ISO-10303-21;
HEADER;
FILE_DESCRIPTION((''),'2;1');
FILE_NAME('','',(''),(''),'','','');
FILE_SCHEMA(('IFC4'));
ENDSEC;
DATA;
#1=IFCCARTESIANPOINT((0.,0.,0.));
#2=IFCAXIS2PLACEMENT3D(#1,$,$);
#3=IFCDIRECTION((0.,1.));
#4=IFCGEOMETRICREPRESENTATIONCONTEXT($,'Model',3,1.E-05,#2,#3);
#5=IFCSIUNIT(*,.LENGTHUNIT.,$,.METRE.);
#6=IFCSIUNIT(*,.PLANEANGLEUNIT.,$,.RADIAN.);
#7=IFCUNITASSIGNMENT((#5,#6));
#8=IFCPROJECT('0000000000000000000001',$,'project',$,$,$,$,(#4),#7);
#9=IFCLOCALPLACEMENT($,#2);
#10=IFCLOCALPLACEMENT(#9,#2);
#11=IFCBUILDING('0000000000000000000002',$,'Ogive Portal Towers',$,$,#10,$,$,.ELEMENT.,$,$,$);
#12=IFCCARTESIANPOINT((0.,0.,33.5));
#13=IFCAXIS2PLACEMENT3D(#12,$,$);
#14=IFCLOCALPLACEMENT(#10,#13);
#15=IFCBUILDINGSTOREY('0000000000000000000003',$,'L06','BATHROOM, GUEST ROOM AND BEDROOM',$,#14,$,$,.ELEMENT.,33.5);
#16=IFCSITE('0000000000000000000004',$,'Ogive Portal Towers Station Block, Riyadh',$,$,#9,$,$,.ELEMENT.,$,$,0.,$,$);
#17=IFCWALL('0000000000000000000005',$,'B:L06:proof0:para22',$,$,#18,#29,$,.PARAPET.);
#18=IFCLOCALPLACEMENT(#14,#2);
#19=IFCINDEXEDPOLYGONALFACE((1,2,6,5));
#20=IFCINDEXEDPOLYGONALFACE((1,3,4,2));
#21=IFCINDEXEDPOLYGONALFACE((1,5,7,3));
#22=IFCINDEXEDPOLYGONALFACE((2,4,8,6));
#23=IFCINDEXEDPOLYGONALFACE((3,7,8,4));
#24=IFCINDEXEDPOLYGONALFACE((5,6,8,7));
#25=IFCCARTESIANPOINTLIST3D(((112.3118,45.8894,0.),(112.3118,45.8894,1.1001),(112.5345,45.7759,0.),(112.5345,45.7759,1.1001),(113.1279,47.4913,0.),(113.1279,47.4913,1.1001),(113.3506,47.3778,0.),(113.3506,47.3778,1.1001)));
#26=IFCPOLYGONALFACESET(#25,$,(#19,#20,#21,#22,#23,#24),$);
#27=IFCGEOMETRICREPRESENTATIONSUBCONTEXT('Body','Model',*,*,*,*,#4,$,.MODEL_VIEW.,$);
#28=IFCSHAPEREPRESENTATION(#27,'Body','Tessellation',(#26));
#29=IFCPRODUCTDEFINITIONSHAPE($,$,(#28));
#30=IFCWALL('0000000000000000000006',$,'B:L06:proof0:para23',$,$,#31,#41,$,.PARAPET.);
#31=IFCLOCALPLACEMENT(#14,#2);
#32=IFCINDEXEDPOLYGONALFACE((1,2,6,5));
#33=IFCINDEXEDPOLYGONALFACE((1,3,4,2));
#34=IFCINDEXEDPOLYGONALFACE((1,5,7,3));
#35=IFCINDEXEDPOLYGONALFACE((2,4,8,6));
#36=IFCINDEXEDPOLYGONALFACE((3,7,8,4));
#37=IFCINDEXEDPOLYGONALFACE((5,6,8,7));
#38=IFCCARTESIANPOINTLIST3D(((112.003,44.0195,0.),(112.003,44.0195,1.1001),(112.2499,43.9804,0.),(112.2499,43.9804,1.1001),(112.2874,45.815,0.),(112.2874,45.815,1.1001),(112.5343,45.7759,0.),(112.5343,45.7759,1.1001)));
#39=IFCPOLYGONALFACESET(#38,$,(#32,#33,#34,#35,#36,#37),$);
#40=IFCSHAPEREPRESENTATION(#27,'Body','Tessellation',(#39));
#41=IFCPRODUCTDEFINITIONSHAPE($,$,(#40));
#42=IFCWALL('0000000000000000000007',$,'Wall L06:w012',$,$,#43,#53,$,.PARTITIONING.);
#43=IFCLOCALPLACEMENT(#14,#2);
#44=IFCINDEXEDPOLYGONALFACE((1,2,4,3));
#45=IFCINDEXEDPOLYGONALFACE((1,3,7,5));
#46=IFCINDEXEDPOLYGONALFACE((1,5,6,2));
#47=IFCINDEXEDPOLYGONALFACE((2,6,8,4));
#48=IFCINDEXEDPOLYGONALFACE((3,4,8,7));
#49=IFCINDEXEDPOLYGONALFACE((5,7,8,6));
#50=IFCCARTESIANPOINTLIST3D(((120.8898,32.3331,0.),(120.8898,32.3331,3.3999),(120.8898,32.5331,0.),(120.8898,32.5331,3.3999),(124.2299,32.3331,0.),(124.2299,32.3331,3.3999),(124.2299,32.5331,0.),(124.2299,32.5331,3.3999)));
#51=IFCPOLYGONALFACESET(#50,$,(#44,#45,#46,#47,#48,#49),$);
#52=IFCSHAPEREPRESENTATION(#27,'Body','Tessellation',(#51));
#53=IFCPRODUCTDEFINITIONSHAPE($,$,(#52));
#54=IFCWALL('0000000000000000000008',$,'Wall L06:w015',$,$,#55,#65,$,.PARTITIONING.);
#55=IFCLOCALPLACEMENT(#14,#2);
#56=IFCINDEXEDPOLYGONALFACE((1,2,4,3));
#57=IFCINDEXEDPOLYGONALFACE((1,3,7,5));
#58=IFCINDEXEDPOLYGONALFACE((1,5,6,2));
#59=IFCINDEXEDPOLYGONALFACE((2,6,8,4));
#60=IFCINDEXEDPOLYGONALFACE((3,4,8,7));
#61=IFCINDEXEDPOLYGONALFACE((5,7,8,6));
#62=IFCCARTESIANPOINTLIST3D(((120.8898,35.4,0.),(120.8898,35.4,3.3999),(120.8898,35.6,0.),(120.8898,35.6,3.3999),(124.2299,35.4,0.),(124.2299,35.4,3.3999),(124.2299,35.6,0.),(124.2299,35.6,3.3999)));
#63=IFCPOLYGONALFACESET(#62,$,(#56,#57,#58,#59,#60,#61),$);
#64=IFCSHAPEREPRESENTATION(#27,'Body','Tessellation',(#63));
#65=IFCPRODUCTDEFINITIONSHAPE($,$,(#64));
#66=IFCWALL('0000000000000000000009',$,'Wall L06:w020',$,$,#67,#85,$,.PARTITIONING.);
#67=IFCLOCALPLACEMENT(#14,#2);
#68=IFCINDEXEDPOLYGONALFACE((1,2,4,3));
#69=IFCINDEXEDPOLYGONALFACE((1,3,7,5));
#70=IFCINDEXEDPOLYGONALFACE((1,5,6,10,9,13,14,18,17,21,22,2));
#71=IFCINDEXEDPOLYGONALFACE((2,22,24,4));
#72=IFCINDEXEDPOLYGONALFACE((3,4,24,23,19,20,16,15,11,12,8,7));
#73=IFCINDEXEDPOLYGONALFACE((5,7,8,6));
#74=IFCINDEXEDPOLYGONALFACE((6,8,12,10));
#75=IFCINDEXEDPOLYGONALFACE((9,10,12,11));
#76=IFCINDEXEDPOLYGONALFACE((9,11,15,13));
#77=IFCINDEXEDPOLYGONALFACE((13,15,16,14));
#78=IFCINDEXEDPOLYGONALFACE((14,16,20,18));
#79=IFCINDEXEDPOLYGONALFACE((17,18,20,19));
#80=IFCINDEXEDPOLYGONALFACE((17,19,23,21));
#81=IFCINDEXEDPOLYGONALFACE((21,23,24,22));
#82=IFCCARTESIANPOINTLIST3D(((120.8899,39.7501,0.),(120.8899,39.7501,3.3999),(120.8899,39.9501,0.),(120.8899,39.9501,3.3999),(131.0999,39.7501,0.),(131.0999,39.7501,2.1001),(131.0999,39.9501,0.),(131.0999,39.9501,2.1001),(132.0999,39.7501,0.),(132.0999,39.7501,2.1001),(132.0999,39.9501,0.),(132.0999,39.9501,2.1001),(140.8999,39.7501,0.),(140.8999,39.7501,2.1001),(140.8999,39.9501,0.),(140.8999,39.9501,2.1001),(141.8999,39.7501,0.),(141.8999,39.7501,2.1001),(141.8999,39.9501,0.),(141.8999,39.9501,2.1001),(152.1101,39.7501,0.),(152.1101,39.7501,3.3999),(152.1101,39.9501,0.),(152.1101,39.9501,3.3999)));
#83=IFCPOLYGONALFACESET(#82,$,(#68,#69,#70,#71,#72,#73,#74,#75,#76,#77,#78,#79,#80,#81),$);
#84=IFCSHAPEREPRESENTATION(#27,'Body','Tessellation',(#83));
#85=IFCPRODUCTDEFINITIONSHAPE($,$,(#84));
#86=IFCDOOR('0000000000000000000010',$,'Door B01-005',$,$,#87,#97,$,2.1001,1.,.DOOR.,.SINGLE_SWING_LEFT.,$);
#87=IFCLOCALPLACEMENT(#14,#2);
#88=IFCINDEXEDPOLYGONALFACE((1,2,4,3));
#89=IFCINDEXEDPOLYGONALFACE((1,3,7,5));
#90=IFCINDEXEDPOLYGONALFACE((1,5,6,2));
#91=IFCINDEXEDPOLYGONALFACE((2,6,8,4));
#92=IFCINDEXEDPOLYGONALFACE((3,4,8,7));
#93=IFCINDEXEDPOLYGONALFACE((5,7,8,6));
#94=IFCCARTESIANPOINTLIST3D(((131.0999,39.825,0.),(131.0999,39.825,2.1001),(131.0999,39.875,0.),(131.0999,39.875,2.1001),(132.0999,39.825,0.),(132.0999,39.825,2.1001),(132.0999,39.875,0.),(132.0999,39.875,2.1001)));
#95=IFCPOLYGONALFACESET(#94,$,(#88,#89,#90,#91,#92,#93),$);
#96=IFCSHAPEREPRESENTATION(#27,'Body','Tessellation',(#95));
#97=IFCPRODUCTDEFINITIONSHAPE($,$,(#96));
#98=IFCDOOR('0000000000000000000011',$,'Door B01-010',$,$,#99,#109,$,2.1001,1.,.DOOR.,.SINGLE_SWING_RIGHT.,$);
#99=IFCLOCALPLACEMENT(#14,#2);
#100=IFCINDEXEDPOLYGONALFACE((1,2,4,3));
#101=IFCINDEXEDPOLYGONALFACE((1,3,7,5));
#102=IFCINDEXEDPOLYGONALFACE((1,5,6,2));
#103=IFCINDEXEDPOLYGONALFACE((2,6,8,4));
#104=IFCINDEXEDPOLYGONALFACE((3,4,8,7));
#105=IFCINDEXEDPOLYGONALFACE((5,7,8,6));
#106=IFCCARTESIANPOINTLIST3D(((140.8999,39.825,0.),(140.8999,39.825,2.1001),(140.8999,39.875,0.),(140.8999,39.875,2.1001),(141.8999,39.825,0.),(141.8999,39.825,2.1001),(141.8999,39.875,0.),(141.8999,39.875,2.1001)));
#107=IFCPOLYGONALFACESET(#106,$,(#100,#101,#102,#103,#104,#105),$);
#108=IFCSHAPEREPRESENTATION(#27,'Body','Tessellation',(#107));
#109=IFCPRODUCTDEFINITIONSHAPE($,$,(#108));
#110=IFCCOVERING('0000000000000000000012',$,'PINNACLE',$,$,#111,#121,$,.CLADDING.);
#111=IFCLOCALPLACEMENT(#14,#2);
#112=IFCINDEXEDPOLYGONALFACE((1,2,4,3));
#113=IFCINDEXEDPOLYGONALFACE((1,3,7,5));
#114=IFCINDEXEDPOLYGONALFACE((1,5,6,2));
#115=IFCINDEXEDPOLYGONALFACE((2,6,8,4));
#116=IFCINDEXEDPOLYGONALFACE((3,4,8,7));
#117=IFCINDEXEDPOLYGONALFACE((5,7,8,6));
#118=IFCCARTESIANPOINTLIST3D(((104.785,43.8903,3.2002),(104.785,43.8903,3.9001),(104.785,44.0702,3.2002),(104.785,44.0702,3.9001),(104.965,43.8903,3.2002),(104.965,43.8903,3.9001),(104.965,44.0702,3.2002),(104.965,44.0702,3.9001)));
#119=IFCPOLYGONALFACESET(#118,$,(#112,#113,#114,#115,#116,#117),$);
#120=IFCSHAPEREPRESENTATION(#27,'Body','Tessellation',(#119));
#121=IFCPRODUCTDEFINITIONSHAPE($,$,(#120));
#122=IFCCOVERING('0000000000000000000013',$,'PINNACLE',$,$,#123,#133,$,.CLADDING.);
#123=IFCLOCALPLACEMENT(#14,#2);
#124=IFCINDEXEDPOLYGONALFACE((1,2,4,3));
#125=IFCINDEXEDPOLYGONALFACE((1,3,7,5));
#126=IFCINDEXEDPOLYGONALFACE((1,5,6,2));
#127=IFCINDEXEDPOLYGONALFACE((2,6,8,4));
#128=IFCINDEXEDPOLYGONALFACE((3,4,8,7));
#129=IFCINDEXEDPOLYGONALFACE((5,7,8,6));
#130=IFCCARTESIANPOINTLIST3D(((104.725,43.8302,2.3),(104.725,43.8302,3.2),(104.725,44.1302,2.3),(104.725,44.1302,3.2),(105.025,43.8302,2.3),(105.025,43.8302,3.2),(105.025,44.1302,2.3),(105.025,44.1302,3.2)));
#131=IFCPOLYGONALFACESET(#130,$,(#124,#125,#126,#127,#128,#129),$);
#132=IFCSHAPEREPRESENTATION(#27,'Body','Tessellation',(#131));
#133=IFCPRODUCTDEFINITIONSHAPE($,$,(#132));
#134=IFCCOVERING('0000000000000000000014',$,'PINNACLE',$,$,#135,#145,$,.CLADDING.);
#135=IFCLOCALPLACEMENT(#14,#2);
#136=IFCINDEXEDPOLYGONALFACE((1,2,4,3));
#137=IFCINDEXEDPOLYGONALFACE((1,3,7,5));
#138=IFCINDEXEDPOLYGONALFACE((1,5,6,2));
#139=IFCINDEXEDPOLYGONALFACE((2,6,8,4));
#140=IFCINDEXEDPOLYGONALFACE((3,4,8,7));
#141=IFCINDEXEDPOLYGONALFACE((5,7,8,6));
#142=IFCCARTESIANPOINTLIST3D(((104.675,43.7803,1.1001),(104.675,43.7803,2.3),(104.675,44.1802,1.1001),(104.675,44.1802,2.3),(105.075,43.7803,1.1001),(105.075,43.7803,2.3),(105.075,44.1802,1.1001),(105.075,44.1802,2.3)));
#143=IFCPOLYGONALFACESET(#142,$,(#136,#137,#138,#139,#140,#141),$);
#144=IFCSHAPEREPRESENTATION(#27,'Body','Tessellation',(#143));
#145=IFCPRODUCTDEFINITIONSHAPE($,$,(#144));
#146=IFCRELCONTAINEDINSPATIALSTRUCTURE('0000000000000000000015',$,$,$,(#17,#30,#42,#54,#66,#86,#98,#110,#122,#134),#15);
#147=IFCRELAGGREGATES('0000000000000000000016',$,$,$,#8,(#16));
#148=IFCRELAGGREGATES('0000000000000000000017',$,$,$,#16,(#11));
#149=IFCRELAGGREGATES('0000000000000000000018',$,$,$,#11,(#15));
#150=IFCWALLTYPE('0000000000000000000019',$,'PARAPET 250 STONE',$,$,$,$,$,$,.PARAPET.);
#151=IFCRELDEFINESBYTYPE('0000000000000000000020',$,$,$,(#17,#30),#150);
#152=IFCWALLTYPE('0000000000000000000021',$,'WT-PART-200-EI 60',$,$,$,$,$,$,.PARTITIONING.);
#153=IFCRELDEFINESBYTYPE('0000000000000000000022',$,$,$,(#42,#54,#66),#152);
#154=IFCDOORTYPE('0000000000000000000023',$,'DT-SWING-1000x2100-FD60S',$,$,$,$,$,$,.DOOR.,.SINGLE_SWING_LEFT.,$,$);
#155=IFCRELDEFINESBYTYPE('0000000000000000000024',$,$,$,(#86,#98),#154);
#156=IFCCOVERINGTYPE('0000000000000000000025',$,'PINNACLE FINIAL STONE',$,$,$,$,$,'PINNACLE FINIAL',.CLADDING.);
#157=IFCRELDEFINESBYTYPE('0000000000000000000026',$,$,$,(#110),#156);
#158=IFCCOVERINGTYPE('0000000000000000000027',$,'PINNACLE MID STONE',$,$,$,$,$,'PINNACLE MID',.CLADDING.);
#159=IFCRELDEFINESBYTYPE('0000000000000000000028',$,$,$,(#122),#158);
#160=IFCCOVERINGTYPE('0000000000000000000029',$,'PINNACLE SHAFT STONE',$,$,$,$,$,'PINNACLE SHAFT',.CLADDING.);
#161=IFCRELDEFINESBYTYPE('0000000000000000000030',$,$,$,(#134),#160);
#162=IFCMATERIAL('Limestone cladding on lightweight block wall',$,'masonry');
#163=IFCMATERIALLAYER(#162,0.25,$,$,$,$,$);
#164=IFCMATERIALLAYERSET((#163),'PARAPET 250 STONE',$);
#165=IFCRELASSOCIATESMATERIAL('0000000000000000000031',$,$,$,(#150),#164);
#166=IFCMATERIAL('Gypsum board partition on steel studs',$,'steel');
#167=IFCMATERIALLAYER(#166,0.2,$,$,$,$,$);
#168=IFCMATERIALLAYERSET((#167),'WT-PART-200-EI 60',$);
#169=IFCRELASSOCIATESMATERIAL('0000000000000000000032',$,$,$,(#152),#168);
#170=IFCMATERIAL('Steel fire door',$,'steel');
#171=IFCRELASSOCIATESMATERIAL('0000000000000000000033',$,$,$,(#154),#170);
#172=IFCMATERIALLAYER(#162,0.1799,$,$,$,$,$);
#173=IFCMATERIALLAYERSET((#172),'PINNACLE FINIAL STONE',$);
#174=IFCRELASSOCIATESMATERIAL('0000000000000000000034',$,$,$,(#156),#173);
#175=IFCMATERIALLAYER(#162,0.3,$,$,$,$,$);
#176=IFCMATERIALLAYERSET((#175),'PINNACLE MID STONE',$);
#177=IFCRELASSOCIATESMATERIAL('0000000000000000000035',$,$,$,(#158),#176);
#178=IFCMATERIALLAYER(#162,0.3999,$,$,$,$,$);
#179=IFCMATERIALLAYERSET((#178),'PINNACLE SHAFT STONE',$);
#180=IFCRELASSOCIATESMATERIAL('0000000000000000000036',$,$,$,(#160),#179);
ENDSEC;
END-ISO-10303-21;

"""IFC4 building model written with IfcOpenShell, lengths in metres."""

from ifc_helpers import new_model, si_unit, direction, frame, frame_2d, origin, origin_2d, place, context, subcontext, project, spatial, rectangle, extrude, material, layer, layer_set, type_object, element, fill, save


model = new_model("IFC4")

# Units and contexts
model_context = context("Model", 3, precision=1e-05, world=origin(), true_north=direction((0.0, 1.0)))
body_context = subcontext(model_context, "Body", "Model", "MODEL_VIEW")
ifc_project = project(units=[si_unit("LENGTHUNIT", "METRE"), si_unit("PLANEANGLEUNIT", "RADIAN")], contexts=[model_context])

# Site, building, storey
site_placement = place(None, origin())
site = spatial("IfcSite", under=ifc_project, at=site_placement, Name="Ogive Portal Towers Station Block, Riyadh", CompositionType="ELEMENT", RefElevation=0.0)
building_placement = place(site_placement, origin())
building = spatial("IfcBuilding", under=site, at=building_placement, Name="Ogive Portal Towers", CompositionType="ELEMENT")
storey_placement = place(building_placement, frame((0.0, 0.0, 33.5)))
storey = spatial("IfcBuildingStorey", under=building, at=storey_placement, Name="L06", Description="BATHROOM, GUEST ROOM AND BEDROOM", CompositionType="ELEMENT", Elevation=33.5)

# Walls
ifc_material_1 = material(Name="Limestone cladding on lightweight block wall", Category="masonry")
ifc_layer_1 = layer(ifc_material_1, 0.25)
ifc_layer_set_1 = layer_set([ifc_layer_1], Name="PARAPET 250 STONE")
wall_type_1 = type_object("IfcWallType", Name="PARAPET 250 STONE", PredefinedType="PARAPET", material=ifc_layer_set_1)
wall_1_placement = place(storey_placement, frame((113.2393, 47.4346, 0.0), z_axis=(0.0, 0.0, 1.0), x_axis=(-0.453936, -0.891034, 0.0)))
element("IfcWall", 1, at=wall_1_placement, inside=storey, type_object=wall_type_1, Name="B:L06:proof0:para22", PredefinedType="PARAPET", context=body_context, shape_type="SweptSolid", body=[
    extrude(rectangle(XDim=1.7979, YDim=0.25, at=frame_2d((0.8989, 0.0))), origin(), (0.0, 0.0, 1.0), 1.1001),
])
wall_2_placement = place(storey_placement, frame((112.4109, 45.7954, 0.0), z_axis=(0.0, 0.0, 1.0), x_axis=(-0.156466, -0.987683, 0.0)))
element("IfcWall", 2, at=wall_2_placement, inside=storey, type_object=wall_type_1, Name="B:L06:proof0:para23", PredefinedType="PARAPET", context=body_context, shape_type="SweptSolid", body=[
    extrude(rectangle(XDim=1.8179, YDim=0.25, at=frame_2d((0.9089, 0.0))), origin(), (0.0, 0.0, 1.0), 1.1001),
])
ifc_material_2 = material(Name="Gypsum board partition on steel studs", Category="steel")
ifc_layer_2 = layer(ifc_material_2, 0.2)
ifc_layer_set_2 = layer_set([ifc_layer_2], Name="WT-PART-200-EI 60")
wall_type_2 = type_object("IfcWallType", Name="WT-PART-200-EI 60", PredefinedType="PARTITIONING", material=ifc_layer_set_2)
for number, where, z_axis, x_axis, name in (
    (3, (120.8899, 32.4331, 0.0), (0.0, 0.0, 1.0), (1.0, 0.0, 0.0), "Wall L06:w012"),
    (4, (120.8899, 35.5, 0.0), (0.0, 0.0, 1.0), (1.0, 0.0, 0.0), "Wall L06:w015"),
):
    element("IfcWall", number, at=place(storey_placement, frame(where, z_axis=z_axis, x_axis=x_axis)), inside=storey, type_object=wall_type_2, Name=name, PredefinedType="PARTITIONING", context=body_context, shape_type="SweptSolid", body=[
        extrude(rectangle(XDim=3.3401, YDim=0.2, at=frame_2d((1.6699, 0.0))), origin(), (0.0, 0.0, 1.0), 3.3999),
    ])

# Wall, openings, doors
wall_3_placement = place(storey_placement, frame((120.8899, 39.8501, 0.0), z_axis=(0.0, 0.0, 1.0), x_axis=(1.0, 0.0, 0.0)))
wall_3 = element("IfcWall", 5, at=wall_3_placement, inside=storey, type_object=wall_type_2, Name="Wall L06:w020", PredefinedType="PARTITIONING", context=body_context, shape_type="SweptSolid", body=[
    extrude(rectangle(XDim=31.2202, YDim=0.2, at=frame_2d((15.6101, 0.0))), origin(), (0.0, 0.0, 1.0), 3.3999),
])
opening_1_placement = place(wall_3_placement, frame((10.21, 0.0, 0.0)))
opening_1 = element("IfcOpeningElement", 6, at=opening_1_placement, cuts=wall_3, PredefinedType="OPENING", context=body_context, shape_type="SweptSolid", body=[
    extrude(rectangle(XDim=1.0, YDim=2.1001, at=frame_2d((0.5, 1.05))), frame((0.0, 0.1099, 0.0), z_axis=(0.0, -1.0, 0.0), x_axis=(1.0, 0.0, 0.0)), (0.0, 0.0, 1.0), 0.22),
])
opening_2_placement = place(wall_3_placement, frame((20.01, 0.0, 0.0)))
opening_2 = element("IfcOpeningElement", 7, at=opening_2_placement, cuts=wall_3, PredefinedType="OPENING", context=body_context, shape_type="SweptSolid", body=[
    extrude(rectangle(XDim=1.0, YDim=2.1001, at=frame_2d((0.5, 1.05))), frame((0.0, 0.1099, 0.0), z_axis=(0.0, -1.0, 0.0), x_axis=(1.0, 0.0, 0.0)), (0.0, 0.0, 1.0), 0.22),
])
ifc_material_3 = material(Name="Steel fire door", Category="steel")
door_type = type_object("IfcDoorType", Name="DT-SWING-1000x2100-FD60S", OperationType="SINGLE_SWING_LEFT", PredefinedType="DOOR", material=ifc_material_3)
door_1_placement = place(opening_1_placement, origin())
door_1 = element("IfcDoor", 8, at=door_1_placement, inside=storey, type_object=door_type, Name="Door B01-005", OperationType="SINGLE_SWING_LEFT", OverallHeight=2.1001, OverallWidth=1.0, PredefinedType="DOOR", context=body_context, shape_type="SweptSolid", body=[
    extrude(rectangle(XDim=1.0, YDim=2.1001, at=frame_2d((0.5, 1.05))), frame((0.0, 0.0249, 0.0), z_axis=(0.0, -1.0, 0.0), x_axis=(1.0, 0.0, 0.0)), (0.0, 0.0, 1.0), 0.05),
])
fill(opening_1, door_1)
door_2_placement = place(opening_2_placement, origin())
door_2 = element("IfcDoor", 9, at=door_2_placement, inside=storey, type_object=door_type, Name="Door B01-010", OperationType="SINGLE_SWING_RIGHT", OverallHeight=2.1001, OverallWidth=1.0, PredefinedType="DOOR", context=body_context, shape_type="SweptSolid", body=[
    extrude(rectangle(XDim=1.0, YDim=2.1001, at=frame_2d((0.5, 1.05))), frame((0.0, 0.0249, 0.0), z_axis=(0.0, -1.0, 0.0), x_axis=(1.0, 0.0, 0.0)), (0.0, 0.0, 1.0), 0.05),
])
fill(opening_2, door_2)

# Coverings
ifc_layer_3 = layer(ifc_material_1, 0.1799)
ifc_layer_set_3 = layer_set([ifc_layer_3], Name="PINNACLE FINIAL STONE")
covering_type_1 = type_object("IfcCoveringType", Name="PINNACLE FINIAL STONE", ElementType="PINNACLE FINIAL", PredefinedType="CLADDING", material=ifc_layer_set_3)
covering_1_placement = place(storey_placement, frame((104.875, 43.9802, 3.2002), z_axis=(0.0, 0.0, 1.0), x_axis=(1.0, 0.0, 0.0)))
element("IfcCovering", 10, at=covering_1_placement, inside=storey, type_object=covering_type_1, Name="PINNACLE", PredefinedType="CLADDING", context=body_context, shape_type="SweptSolid", body=[
    extrude(rectangle(XDim=0.1799, YDim=0.1799, at=origin_2d()), origin(), (0.0, 0.0, 1.0), 0.7),
])
ifc_layer_4 = layer(ifc_material_1, 0.3)
ifc_layer_set_4 = layer_set([ifc_layer_4], Name="PINNACLE MID STONE")
covering_type_2 = type_object("IfcCoveringType", Name="PINNACLE MID STONE", ElementType="PINNACLE MID", PredefinedType="CLADDING", material=ifc_layer_set_4)
covering_2_placement = place(storey_placement, frame((104.875, 43.9802, 2.3), z_axis=(0.0, 0.0, 1.0), x_axis=(1.0, 0.0, 0.0)))
element("IfcCovering", 11, at=covering_2_placement, inside=storey, type_object=covering_type_2, Name="PINNACLE", PredefinedType="CLADDING", context=body_context, shape_type="SweptSolid", body=[
    extrude(rectangle(XDim=0.3, YDim=0.3, at=origin_2d()), origin(), (0.0, 0.0, 1.0), 0.8999),
])
ifc_layer_5 = layer(ifc_material_1, 0.3999)
ifc_layer_set_5 = layer_set([ifc_layer_5], Name="PINNACLE SHAFT STONE")
covering_type_3 = type_object("IfcCoveringType", Name="PINNACLE SHAFT STONE", ElementType="PINNACLE SHAFT", PredefinedType="CLADDING", material=ifc_layer_set_5)
covering_3_placement = place(storey_placement, frame((104.875, 43.9802, 1.1001), z_axis=(0.0, 0.0, 1.0), x_axis=(1.0, 0.0, 0.0)))
element("IfcCovering", 12, at=covering_3_placement, inside=storey, type_object=covering_type_3, Name="PINNACLE", PredefinedType="CLADDING", context=body_context, shape_type="SweptSolid", body=[
    extrude(rectangle(XDim=0.3999, YDim=0.3999, at=origin_2d()), origin(), (0.0, 0.0, 1.0), 1.2),
])

save(model, "model.ifc")
